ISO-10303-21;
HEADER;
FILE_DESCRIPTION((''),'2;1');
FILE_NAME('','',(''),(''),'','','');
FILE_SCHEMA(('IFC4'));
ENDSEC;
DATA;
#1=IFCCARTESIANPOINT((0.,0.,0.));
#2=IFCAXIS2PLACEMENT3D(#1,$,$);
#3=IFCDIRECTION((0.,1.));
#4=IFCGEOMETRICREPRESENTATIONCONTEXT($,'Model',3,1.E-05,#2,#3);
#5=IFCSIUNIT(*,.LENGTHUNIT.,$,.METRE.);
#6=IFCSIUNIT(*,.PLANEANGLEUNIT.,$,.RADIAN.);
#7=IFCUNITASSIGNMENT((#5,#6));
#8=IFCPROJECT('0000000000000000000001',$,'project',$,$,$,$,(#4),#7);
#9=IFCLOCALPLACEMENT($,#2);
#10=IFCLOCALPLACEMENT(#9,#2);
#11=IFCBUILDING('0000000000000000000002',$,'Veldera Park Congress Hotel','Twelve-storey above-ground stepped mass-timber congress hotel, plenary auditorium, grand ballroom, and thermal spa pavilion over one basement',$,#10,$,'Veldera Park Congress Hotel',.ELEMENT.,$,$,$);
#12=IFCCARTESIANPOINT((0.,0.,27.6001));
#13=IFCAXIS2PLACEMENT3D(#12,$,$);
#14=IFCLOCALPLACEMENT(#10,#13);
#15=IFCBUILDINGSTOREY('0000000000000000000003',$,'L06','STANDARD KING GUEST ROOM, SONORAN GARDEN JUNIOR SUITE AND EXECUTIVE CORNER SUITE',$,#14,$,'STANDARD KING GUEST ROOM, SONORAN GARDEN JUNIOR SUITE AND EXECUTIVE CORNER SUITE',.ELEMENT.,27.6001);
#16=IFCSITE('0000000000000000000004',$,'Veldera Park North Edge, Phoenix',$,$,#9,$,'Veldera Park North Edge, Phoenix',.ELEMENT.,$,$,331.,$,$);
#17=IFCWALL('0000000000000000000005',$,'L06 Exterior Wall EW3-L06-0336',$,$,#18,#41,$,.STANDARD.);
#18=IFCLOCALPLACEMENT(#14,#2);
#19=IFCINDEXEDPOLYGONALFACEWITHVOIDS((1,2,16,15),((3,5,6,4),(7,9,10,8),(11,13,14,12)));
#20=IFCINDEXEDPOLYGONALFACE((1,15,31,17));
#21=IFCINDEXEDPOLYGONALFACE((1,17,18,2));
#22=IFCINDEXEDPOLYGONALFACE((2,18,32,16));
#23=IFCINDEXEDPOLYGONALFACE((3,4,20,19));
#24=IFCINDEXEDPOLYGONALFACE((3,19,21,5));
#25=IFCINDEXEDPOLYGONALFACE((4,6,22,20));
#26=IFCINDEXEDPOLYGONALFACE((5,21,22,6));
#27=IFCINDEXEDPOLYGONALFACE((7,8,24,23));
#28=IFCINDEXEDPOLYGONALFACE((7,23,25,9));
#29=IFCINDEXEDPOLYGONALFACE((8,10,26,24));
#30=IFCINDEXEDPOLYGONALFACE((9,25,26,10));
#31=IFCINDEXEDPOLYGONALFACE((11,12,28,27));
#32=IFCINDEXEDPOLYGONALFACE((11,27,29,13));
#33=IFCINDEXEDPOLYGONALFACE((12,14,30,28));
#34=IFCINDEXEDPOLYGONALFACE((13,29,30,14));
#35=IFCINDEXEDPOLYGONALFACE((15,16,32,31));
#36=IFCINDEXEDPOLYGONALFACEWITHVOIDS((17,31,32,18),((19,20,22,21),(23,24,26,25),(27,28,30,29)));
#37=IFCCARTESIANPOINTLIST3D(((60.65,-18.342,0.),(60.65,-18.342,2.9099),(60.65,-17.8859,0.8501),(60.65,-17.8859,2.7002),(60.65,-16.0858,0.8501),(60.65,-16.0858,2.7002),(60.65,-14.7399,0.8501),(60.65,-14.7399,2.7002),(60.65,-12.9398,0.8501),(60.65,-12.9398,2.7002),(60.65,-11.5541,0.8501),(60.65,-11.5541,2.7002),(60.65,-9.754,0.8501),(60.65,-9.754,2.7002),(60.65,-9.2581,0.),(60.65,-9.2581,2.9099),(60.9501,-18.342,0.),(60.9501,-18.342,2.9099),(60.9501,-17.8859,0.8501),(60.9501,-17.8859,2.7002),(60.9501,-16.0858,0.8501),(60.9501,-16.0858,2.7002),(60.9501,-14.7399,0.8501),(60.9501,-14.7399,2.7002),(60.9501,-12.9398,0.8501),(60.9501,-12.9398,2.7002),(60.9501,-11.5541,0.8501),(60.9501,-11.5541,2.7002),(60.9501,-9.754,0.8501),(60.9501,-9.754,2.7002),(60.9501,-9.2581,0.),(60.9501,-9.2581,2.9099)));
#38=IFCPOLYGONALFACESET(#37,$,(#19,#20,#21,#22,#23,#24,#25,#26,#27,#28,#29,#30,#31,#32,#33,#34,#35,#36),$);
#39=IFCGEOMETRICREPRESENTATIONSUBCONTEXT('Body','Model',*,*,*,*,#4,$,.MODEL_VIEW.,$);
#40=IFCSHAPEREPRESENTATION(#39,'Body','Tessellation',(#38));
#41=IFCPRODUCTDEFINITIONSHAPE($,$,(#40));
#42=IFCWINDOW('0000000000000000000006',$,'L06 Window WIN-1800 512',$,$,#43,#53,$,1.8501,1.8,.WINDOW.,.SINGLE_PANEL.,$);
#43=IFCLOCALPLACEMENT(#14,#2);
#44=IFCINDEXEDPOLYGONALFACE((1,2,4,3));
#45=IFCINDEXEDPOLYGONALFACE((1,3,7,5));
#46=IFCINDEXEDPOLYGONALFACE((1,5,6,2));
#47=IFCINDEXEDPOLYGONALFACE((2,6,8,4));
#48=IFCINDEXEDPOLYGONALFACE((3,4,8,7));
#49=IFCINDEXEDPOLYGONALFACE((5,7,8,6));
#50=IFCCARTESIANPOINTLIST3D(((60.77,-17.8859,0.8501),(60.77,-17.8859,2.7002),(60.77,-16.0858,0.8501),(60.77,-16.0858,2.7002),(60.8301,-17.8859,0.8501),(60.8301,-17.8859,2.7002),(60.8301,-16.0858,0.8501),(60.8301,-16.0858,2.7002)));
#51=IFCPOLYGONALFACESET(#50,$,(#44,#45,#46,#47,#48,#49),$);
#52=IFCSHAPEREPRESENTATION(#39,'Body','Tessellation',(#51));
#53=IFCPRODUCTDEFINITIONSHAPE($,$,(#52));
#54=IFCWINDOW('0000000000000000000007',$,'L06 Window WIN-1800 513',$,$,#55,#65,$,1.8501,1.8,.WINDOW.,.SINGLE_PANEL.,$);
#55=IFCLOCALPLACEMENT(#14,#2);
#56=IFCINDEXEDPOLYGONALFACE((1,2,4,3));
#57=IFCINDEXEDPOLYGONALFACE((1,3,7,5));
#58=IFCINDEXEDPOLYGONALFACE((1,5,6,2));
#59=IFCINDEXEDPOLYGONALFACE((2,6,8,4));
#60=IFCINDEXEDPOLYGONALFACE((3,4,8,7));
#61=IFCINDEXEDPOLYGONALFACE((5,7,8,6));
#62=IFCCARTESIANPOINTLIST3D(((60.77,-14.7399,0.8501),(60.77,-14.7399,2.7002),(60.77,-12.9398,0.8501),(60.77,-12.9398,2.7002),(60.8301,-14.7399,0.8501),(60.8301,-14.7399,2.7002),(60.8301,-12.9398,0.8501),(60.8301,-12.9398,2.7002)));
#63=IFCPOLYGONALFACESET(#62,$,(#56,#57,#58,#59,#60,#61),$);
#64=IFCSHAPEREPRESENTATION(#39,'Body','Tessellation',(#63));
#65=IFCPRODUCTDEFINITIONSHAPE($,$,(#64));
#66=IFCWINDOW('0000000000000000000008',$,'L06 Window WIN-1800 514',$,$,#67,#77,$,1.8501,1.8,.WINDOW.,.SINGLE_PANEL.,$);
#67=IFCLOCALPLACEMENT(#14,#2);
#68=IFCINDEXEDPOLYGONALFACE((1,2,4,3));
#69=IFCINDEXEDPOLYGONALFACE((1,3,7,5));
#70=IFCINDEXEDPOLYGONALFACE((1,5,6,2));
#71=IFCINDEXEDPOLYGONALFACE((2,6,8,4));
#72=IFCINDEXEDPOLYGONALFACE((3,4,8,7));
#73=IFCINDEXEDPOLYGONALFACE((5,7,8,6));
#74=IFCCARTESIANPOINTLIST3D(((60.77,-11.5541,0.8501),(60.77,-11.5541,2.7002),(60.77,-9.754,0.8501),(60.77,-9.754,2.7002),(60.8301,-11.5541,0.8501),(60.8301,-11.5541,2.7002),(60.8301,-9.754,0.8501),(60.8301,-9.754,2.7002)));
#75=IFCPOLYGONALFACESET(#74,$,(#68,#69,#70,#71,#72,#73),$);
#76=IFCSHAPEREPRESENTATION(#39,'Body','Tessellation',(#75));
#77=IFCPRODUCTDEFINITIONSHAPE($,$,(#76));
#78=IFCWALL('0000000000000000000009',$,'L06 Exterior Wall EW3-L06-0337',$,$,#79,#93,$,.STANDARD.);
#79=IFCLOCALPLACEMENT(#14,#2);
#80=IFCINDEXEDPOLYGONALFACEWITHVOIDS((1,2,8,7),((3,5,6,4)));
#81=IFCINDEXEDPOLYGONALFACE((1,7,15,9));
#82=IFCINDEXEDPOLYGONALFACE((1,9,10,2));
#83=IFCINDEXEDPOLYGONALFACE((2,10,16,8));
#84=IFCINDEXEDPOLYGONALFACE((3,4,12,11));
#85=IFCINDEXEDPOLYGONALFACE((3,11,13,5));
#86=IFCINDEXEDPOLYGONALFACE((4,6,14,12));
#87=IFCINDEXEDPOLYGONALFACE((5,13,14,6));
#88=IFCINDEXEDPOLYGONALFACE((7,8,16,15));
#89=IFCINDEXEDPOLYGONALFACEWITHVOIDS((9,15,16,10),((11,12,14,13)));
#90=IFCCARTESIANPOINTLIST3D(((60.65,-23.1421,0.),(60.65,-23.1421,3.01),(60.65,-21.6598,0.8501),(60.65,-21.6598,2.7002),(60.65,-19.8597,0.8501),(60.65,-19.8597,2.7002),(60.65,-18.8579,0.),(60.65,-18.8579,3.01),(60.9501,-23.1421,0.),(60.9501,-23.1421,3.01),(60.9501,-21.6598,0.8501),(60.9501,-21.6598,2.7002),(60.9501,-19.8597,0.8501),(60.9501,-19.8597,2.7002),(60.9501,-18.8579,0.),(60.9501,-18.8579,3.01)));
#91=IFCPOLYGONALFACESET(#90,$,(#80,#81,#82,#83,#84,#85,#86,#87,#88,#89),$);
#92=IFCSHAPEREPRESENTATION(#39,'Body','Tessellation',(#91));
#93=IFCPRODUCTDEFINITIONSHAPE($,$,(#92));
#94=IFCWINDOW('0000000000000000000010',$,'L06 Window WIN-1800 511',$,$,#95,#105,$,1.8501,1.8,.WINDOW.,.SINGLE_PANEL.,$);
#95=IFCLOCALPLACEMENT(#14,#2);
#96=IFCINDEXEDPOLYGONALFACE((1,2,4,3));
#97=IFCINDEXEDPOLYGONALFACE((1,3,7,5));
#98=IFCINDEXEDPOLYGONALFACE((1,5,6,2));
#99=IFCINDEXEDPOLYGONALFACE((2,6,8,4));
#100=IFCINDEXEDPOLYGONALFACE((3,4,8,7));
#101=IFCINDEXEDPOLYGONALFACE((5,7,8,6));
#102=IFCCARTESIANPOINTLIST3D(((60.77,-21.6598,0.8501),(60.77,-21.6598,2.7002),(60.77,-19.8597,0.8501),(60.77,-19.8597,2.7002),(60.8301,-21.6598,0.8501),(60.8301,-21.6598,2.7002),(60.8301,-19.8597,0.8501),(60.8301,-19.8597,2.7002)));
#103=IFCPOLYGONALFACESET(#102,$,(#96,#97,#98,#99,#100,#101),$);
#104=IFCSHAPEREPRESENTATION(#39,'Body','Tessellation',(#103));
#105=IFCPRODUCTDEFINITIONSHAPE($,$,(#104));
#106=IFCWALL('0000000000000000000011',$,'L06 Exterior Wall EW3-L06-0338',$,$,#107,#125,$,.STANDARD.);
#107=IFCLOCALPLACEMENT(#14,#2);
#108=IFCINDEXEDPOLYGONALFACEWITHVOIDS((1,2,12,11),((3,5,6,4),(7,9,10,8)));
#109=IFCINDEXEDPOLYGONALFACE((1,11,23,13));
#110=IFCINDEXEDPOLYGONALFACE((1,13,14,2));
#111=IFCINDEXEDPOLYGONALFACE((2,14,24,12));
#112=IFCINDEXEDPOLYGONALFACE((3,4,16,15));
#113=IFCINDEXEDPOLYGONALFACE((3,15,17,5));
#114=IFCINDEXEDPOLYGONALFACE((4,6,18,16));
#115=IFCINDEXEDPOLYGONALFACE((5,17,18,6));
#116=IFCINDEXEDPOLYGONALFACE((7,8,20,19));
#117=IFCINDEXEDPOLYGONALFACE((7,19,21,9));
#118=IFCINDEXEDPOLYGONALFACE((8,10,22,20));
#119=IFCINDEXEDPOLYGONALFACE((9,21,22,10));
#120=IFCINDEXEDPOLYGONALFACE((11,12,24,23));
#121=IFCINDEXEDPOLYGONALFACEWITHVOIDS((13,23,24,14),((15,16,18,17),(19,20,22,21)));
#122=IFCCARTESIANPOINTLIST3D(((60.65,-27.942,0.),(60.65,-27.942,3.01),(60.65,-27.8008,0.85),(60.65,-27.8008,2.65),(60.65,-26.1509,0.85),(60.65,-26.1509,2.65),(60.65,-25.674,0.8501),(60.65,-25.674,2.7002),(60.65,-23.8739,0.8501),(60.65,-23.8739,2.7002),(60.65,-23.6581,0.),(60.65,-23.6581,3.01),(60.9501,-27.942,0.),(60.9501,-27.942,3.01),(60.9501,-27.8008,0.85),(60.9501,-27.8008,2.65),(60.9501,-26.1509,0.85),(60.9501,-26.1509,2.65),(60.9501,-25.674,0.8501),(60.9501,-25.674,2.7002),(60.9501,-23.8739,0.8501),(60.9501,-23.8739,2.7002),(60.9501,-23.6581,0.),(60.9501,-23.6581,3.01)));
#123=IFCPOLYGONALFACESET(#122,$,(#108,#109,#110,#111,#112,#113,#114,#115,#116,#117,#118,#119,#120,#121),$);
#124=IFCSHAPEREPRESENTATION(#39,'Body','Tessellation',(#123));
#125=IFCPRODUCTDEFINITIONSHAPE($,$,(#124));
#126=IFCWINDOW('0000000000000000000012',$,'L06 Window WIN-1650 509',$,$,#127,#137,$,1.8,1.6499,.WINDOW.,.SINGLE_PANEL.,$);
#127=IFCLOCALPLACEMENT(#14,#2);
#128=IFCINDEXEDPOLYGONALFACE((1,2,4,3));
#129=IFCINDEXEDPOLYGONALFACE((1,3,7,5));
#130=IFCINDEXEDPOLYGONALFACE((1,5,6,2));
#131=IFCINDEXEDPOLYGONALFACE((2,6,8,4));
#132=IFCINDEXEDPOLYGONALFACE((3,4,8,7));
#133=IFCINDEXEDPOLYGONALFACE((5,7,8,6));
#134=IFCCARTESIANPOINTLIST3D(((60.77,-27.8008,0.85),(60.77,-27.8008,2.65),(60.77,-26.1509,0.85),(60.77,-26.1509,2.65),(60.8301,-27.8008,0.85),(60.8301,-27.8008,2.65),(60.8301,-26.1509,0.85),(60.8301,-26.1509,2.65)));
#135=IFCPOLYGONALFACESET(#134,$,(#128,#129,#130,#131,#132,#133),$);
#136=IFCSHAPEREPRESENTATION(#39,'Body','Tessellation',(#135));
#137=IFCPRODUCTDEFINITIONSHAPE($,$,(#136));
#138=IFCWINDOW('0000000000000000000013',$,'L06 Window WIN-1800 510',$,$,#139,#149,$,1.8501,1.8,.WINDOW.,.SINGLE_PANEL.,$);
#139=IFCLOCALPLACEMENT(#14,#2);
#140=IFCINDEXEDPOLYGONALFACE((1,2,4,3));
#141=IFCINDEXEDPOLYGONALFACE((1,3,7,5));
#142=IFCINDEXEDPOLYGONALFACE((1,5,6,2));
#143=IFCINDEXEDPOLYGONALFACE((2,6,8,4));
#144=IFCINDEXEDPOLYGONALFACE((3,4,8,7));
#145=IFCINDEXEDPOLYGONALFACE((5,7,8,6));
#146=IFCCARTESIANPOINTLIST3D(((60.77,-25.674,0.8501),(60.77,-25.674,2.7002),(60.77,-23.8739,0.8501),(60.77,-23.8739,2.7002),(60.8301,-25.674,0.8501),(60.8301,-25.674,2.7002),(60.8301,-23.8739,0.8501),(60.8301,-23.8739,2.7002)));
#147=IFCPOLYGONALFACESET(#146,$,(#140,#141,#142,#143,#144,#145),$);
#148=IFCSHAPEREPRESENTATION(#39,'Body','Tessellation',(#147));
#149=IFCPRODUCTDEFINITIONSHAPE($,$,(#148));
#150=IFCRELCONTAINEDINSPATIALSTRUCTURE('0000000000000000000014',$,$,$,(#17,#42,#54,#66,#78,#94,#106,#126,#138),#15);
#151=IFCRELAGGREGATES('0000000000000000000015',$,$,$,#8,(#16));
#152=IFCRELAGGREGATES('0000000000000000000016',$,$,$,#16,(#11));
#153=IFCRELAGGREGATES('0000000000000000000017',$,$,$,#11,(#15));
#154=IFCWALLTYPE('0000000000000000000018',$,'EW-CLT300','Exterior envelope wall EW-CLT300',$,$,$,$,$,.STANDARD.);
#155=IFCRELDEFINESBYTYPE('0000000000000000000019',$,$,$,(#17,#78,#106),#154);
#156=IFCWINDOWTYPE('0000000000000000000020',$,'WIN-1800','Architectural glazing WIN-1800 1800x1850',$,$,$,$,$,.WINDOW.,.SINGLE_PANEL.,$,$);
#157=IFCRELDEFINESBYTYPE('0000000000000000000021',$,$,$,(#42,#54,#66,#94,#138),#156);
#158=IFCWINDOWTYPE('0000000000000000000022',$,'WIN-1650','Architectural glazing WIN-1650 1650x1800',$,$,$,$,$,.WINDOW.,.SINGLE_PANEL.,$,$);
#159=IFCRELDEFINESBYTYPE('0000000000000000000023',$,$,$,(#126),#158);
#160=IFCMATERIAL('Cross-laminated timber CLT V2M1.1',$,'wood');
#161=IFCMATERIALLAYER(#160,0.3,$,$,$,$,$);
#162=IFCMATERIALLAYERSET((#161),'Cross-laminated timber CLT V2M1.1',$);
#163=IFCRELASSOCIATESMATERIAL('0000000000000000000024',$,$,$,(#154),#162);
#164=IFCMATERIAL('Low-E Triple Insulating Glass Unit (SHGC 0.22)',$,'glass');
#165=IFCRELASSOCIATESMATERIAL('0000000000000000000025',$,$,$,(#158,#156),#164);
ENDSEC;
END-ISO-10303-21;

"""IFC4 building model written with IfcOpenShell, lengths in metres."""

from ifc_helpers import new_model, si_unit, direction, frame, frame_2d, origin, place, context, subcontext, project, spatial, rectangle, extrude, material, layer, layer_set, type_object, element, fill, save


model = new_model("IFC4")

# Units and contexts
model_context = context("Model", 3, precision=1e-05, world=origin(), true_north=direction((0.0, 1.0)))
body_context = subcontext(model_context, "Body", "Model", "MODEL_VIEW")
ifc_project = project(units=[si_unit("LENGTHUNIT", "METRE"), si_unit("PLANEANGLEUNIT", "RADIAN")], contexts=[model_context])

# Site, building, storey
site_placement = place(None, origin())
site = spatial("IfcSite", under=ifc_project, at=site_placement, Name="Veldera Park North Edge, Phoenix", LongName="Veldera Park North Edge, Phoenix", CompositionType="ELEMENT", RefElevation=331.0)
building_placement = place(site_placement, origin())
building = spatial("IfcBuilding", under=site, at=building_placement, Name="Veldera Park Congress Hotel", Description="Twelve-storey above-ground stepped mass-timber congress hotel, plenary auditorium, grand ballroom, and thermal spa pavilion over one basement", LongName="Veldera Park Congress Hotel", CompositionType="ELEMENT")
storey_placement = place(building_placement, frame((0.0, 0.0, 27.6001)))
storey = spatial("IfcBuildingStorey", under=building, at=storey_placement, Name="L06", Description="STANDARD KING GUEST ROOM, SONORAN GARDEN JUNIOR SUITE AND EXECUTIVE CORNER SUITE", LongName="STANDARD KING GUEST ROOM, SONORAN GARDEN JUNIOR SUITE AND EXECUTIVE CORNER SUITE", CompositionType="ELEMENT", Elevation=27.6001)

# Shared definitions
ifc_material_1 = material(Name="Cross-laminated timber CLT V2M1.1", Category="wood")
ifc_layer_1 = layer(ifc_material_1, 0.3)
ifc_layer_set_1 = layer_set([ifc_layer_1], Name="Cross-laminated timber CLT V2M1.1")
wall_type_1 = type_object("IfcWallType", Name="EW-CLT300", Description="Exterior envelope wall EW-CLT300", PredefinedType="STANDARD", material=ifc_layer_set_1)
ifc_material_2 = material(Name="Low-E Triple Insulating Glass Unit (SHGC 0.22)", Category="glass")
window_type_1 = type_object("IfcWindowType", Name="WIN-1650", Description="Architectural glazing WIN-1650 1650x1800", PartitioningType="SINGLE_PANEL", PredefinedType="WINDOW", material=ifc_material_2)

# Wall, openings, windows
wall_1_placement = place(storey_placement, frame((60.8, -9.2581, 0.0), z_axis=(0.0, 0.0, 1.0), x_axis=(0.0, -1.0, 0.0)))
wall_1 = element("IfcWall", 1, at=wall_1_placement, inside=storey, type_object=wall_type_1, Name="L06 Exterior Wall EW3-L06-0336", PredefinedType="STANDARD", context=body_context, shape_type="SweptSolid", body=[
    extrude(rectangle(XDim=9.084, YDim=0.3, at=frame_2d((4.542, 0.0))), origin(), (0.0, 0.0, 1.0), 2.9099),
])
opening_1_placement = place(wall_1_placement, frame((6.8279, 0.0, 0.8501)))
opening_1 = element("IfcOpeningElement", 2, at=opening_1_placement, cuts=wall_1, PredefinedType="OPENING", context=body_context, shape_type="SweptSolid", body=[
    extrude(rectangle(XDim=1.8, YDim=1.8501, at=frame_2d((0.8999, 0.925))), frame((0.0, 0.1621, 0.0), z_axis=(0.0, -1.0, 0.0), x_axis=(1.0, 0.0, 0.0)), (0.0, 0.0, 1.0), 0.324),
])
opening_2_placement = place(wall_1_placement, frame((3.6819, 0.0, 0.8501)))
opening_2 = element("IfcOpeningElement", 3, at=opening_2_placement, cuts=wall_1, PredefinedType="OPENING", context=body_context, shape_type="SweptSolid", body=[
    extrude(rectangle(XDim=1.8, YDim=1.8501, at=frame_2d((0.8999, 0.925))), frame((0.0, 0.1621, 0.0), z_axis=(0.0, -1.0, 0.0), x_axis=(1.0, 0.0, 0.0)), (0.0, 0.0, 1.0), 0.324),
])
opening_3_placement = place(wall_1_placement, frame((0.4961, 0.0, 0.8501)))
opening_3 = element("IfcOpeningElement", 4, at=opening_3_placement, cuts=wall_1, PredefinedType="OPENING", context=body_context, shape_type="SweptSolid", body=[
    extrude(rectangle(XDim=1.8, YDim=1.8501, at=frame_2d((0.8999, 0.925))), frame((0.0, 0.1621, 0.0), z_axis=(0.0, -1.0, 0.0), x_axis=(1.0, 0.0, 0.0)), (0.0, 0.0, 1.0), 0.324),
])
window_type_2 = type_object("IfcWindowType", Name="WIN-1800", Description="Architectural glazing WIN-1800 1800x1850", PartitioningType="SINGLE_PANEL", PredefinedType="WINDOW", material=ifc_material_2)
window_1_placement = place(opening_1_placement, origin())
window_1 = element("IfcWindow", 5, at=window_1_placement, inside=storey, type_object=window_type_2, Name="L06 Window WIN-1800 512", OverallHeight=1.8501, OverallWidth=1.8, PartitioningType="SINGLE_PANEL", PredefinedType="WINDOW", context=body_context, shape_type="SweptSolid", body=[
    extrude(rectangle(XDim=1.8, YDim=1.8501, at=frame_2d((0.8999, 0.925))), frame((0.0, 0.03, 0.0), z_axis=(0.0, -1.0, 0.0), x_axis=(1.0, 0.0, 0.0)), (0.0, 0.0, 1.0), 0.0601),
])
fill(opening_1, window_1)
window_2_placement = place(opening_2_placement, origin())
window_2 = element("IfcWindow", 6, at=window_2_placement, inside=storey, type_object=window_type_2, Name="L06 Window WIN-1800 513", OverallHeight=1.8501, OverallWidth=1.8, PartitioningType="SINGLE_PANEL", PredefinedType="WINDOW", context=body_context, shape_type="SweptSolid", body=[
    extrude(rectangle(XDim=1.8, YDim=1.8501, at=frame_2d((0.8999, 0.925))), frame((0.0, 0.03, 0.0), z_axis=(0.0, -1.0, 0.0), x_axis=(1.0, 0.0, 0.0)), (0.0, 0.0, 1.0), 0.0601),
])
fill(opening_2, window_2)
window_3_placement = place(opening_3_placement, origin())
window_3 = element("IfcWindow", 7, at=window_3_placement, inside=storey, type_object=window_type_2, Name="L06 Window WIN-1800 514", OverallHeight=1.8501, OverallWidth=1.8, PartitioningType="SINGLE_PANEL", PredefinedType="WINDOW", context=body_context, shape_type="SweptSolid", body=[
    extrude(rectangle(XDim=1.8, YDim=1.8501, at=frame_2d((0.8999, 0.925))), frame((0.0, 0.03, 0.0), z_axis=(0.0, -1.0, 0.0), x_axis=(1.0, 0.0, 0.0)), (0.0, 0.0, 1.0), 0.0601),
])
fill(opening_3, window_3)

# Wall, opening, window
wall_2_placement = place(storey_placement, frame((60.8, -18.8579, 0.0), z_axis=(0.0, 0.0, 1.0), x_axis=(0.0, -1.0, 0.0)))
wall_2 = element("IfcWall", 8, at=wall_2_placement, inside=storey, type_object=wall_type_1, Name="L06 Exterior Wall EW3-L06-0337", PredefinedType="STANDARD", context=body_context, shape_type="SweptSolid", body=[
    extrude(rectangle(XDim=4.2842, YDim=0.3, at=frame_2d((2.1421, 0.0))), origin(), (0.0, 0.0, 1.0), 3.01),
])
opening_4_placement = place(wall_2_placement, frame((1.002, 0.0, 0.8501)))
opening_4 = element("IfcOpeningElement", 9, at=opening_4_placement, cuts=wall_2, PredefinedType="OPENING", context=body_context, shape_type="SweptSolid", body=[
    extrude(rectangle(XDim=1.8, YDim=1.8501, at=frame_2d((0.8999, 0.925))), frame((0.0, 0.1621, 0.0), z_axis=(0.0, -1.0, 0.0), x_axis=(1.0, 0.0, 0.0)), (0.0, 0.0, 1.0), 0.324),
])
window_4_placement = place(opening_4_placement, origin())
window_4 = element("IfcWindow", 10, at=window_4_placement, inside=storey, type_object=window_type_2, Name="L06 Window WIN-1800 511", OverallHeight=1.8501, OverallWidth=1.8, PartitioningType="SINGLE_PANEL", PredefinedType="WINDOW", context=body_context, shape_type="SweptSolid", body=[
    extrude(rectangle(XDim=1.8, YDim=1.8501, at=frame_2d((0.8999, 0.925))), frame((0.0, 0.03, 0.0), z_axis=(0.0, -1.0, 0.0), x_axis=(1.0, 0.0, 0.0)), (0.0, 0.0, 1.0), 0.0601),
])
fill(opening_4, window_4)

# Wall, openings, windows
wall_3_placement = place(storey_placement, frame((60.8, -23.658, 0.0), z_axis=(0.0, 0.0, 1.0), x_axis=(0.0, -1.0, 0.0)))
wall_3 = element("IfcWall", 11, at=wall_3_placement, inside=storey, type_object=wall_type_1, Name="L06 Exterior Wall EW3-L06-0338", PredefinedType="STANDARD", context=body_context, shape_type="SweptSolid", body=[
    extrude(rectangle(XDim=4.2839, YDim=0.3, at=frame_2d((2.1421, 0.0))), origin(), (0.0, 0.0, 1.0), 3.01),
])
opening_5_placement = place(wall_3_placement, frame((2.4929, 0.0, 0.8501)))
opening_5 = element("IfcOpeningElement", 12, at=opening_5_placement, cuts=wall_3, PredefinedType="OPENING", context=body_context, shape_type="SweptSolid", body=[
    extrude(rectangle(XDim=1.6499, YDim=1.8, at=frame_2d((0.825, 0.8999))), frame((0.0, 0.1621, 0.0), z_axis=(0.0, -1.0, 0.0), x_axis=(1.0, 0.0, 0.0)), (0.0, 0.0, 1.0), 0.324),
])
opening_6_placement = place(wall_3_placement, frame((0.2161, 0.0, 0.8501)))
opening_6 = element("IfcOpeningElement", 13, at=opening_6_placement, cuts=wall_3, PredefinedType="OPENING", context=body_context, shape_type="SweptSolid", body=[
    extrude(rectangle(XDim=1.8, YDim=1.8501, at=frame_2d((0.8999, 0.925))), frame((0.0, 0.1621, 0.0), z_axis=(0.0, -1.0, 0.0), x_axis=(1.0, 0.0, 0.0)), (0.0, 0.0, 1.0), 0.324),
])
window_5_placement = place(opening_5_placement, origin())
window_5 = element("IfcWindow", 14, at=window_5_placement, inside=storey, type_object=window_type_1, Name="L06 Window WIN-1650 509", OverallHeight=1.8, OverallWidth=1.6499, PartitioningType="SINGLE_PANEL", PredefinedType="WINDOW", context=body_context, shape_type="SweptSolid", body=[
    extrude(rectangle(XDim=1.6499, YDim=1.8, at=frame_2d((0.825, 0.8999))), frame((0.0, 0.03, 0.0), z_axis=(0.0, -1.0, 0.0), x_axis=(1.0, 0.0, 0.0)), (0.0, 0.0, 1.0), 0.0601),
])
fill(opening_5, window_5)
window_6_placement = place(opening_6_placement, origin())
window_6 = element("IfcWindow", 15, at=window_6_placement, inside=storey, type_object=window_type_2, Name="L06 Window WIN-1800 510", OverallHeight=1.8501, OverallWidth=1.8, PartitioningType="SINGLE_PANEL", PredefinedType="WINDOW", context=body_context, shape_type="SweptSolid", body=[
    extrude(rectangle(XDim=1.8, YDim=1.8501, at=frame_2d((0.8999, 0.925))), frame((0.0, 0.03, 0.0), z_axis=(0.0, -1.0, 0.0), x_axis=(1.0, 0.0, 0.0)), (0.0, 0.0, 1.0), 0.0601),
])
fill(opening_6, window_6)

save(model, "model.ifc")
